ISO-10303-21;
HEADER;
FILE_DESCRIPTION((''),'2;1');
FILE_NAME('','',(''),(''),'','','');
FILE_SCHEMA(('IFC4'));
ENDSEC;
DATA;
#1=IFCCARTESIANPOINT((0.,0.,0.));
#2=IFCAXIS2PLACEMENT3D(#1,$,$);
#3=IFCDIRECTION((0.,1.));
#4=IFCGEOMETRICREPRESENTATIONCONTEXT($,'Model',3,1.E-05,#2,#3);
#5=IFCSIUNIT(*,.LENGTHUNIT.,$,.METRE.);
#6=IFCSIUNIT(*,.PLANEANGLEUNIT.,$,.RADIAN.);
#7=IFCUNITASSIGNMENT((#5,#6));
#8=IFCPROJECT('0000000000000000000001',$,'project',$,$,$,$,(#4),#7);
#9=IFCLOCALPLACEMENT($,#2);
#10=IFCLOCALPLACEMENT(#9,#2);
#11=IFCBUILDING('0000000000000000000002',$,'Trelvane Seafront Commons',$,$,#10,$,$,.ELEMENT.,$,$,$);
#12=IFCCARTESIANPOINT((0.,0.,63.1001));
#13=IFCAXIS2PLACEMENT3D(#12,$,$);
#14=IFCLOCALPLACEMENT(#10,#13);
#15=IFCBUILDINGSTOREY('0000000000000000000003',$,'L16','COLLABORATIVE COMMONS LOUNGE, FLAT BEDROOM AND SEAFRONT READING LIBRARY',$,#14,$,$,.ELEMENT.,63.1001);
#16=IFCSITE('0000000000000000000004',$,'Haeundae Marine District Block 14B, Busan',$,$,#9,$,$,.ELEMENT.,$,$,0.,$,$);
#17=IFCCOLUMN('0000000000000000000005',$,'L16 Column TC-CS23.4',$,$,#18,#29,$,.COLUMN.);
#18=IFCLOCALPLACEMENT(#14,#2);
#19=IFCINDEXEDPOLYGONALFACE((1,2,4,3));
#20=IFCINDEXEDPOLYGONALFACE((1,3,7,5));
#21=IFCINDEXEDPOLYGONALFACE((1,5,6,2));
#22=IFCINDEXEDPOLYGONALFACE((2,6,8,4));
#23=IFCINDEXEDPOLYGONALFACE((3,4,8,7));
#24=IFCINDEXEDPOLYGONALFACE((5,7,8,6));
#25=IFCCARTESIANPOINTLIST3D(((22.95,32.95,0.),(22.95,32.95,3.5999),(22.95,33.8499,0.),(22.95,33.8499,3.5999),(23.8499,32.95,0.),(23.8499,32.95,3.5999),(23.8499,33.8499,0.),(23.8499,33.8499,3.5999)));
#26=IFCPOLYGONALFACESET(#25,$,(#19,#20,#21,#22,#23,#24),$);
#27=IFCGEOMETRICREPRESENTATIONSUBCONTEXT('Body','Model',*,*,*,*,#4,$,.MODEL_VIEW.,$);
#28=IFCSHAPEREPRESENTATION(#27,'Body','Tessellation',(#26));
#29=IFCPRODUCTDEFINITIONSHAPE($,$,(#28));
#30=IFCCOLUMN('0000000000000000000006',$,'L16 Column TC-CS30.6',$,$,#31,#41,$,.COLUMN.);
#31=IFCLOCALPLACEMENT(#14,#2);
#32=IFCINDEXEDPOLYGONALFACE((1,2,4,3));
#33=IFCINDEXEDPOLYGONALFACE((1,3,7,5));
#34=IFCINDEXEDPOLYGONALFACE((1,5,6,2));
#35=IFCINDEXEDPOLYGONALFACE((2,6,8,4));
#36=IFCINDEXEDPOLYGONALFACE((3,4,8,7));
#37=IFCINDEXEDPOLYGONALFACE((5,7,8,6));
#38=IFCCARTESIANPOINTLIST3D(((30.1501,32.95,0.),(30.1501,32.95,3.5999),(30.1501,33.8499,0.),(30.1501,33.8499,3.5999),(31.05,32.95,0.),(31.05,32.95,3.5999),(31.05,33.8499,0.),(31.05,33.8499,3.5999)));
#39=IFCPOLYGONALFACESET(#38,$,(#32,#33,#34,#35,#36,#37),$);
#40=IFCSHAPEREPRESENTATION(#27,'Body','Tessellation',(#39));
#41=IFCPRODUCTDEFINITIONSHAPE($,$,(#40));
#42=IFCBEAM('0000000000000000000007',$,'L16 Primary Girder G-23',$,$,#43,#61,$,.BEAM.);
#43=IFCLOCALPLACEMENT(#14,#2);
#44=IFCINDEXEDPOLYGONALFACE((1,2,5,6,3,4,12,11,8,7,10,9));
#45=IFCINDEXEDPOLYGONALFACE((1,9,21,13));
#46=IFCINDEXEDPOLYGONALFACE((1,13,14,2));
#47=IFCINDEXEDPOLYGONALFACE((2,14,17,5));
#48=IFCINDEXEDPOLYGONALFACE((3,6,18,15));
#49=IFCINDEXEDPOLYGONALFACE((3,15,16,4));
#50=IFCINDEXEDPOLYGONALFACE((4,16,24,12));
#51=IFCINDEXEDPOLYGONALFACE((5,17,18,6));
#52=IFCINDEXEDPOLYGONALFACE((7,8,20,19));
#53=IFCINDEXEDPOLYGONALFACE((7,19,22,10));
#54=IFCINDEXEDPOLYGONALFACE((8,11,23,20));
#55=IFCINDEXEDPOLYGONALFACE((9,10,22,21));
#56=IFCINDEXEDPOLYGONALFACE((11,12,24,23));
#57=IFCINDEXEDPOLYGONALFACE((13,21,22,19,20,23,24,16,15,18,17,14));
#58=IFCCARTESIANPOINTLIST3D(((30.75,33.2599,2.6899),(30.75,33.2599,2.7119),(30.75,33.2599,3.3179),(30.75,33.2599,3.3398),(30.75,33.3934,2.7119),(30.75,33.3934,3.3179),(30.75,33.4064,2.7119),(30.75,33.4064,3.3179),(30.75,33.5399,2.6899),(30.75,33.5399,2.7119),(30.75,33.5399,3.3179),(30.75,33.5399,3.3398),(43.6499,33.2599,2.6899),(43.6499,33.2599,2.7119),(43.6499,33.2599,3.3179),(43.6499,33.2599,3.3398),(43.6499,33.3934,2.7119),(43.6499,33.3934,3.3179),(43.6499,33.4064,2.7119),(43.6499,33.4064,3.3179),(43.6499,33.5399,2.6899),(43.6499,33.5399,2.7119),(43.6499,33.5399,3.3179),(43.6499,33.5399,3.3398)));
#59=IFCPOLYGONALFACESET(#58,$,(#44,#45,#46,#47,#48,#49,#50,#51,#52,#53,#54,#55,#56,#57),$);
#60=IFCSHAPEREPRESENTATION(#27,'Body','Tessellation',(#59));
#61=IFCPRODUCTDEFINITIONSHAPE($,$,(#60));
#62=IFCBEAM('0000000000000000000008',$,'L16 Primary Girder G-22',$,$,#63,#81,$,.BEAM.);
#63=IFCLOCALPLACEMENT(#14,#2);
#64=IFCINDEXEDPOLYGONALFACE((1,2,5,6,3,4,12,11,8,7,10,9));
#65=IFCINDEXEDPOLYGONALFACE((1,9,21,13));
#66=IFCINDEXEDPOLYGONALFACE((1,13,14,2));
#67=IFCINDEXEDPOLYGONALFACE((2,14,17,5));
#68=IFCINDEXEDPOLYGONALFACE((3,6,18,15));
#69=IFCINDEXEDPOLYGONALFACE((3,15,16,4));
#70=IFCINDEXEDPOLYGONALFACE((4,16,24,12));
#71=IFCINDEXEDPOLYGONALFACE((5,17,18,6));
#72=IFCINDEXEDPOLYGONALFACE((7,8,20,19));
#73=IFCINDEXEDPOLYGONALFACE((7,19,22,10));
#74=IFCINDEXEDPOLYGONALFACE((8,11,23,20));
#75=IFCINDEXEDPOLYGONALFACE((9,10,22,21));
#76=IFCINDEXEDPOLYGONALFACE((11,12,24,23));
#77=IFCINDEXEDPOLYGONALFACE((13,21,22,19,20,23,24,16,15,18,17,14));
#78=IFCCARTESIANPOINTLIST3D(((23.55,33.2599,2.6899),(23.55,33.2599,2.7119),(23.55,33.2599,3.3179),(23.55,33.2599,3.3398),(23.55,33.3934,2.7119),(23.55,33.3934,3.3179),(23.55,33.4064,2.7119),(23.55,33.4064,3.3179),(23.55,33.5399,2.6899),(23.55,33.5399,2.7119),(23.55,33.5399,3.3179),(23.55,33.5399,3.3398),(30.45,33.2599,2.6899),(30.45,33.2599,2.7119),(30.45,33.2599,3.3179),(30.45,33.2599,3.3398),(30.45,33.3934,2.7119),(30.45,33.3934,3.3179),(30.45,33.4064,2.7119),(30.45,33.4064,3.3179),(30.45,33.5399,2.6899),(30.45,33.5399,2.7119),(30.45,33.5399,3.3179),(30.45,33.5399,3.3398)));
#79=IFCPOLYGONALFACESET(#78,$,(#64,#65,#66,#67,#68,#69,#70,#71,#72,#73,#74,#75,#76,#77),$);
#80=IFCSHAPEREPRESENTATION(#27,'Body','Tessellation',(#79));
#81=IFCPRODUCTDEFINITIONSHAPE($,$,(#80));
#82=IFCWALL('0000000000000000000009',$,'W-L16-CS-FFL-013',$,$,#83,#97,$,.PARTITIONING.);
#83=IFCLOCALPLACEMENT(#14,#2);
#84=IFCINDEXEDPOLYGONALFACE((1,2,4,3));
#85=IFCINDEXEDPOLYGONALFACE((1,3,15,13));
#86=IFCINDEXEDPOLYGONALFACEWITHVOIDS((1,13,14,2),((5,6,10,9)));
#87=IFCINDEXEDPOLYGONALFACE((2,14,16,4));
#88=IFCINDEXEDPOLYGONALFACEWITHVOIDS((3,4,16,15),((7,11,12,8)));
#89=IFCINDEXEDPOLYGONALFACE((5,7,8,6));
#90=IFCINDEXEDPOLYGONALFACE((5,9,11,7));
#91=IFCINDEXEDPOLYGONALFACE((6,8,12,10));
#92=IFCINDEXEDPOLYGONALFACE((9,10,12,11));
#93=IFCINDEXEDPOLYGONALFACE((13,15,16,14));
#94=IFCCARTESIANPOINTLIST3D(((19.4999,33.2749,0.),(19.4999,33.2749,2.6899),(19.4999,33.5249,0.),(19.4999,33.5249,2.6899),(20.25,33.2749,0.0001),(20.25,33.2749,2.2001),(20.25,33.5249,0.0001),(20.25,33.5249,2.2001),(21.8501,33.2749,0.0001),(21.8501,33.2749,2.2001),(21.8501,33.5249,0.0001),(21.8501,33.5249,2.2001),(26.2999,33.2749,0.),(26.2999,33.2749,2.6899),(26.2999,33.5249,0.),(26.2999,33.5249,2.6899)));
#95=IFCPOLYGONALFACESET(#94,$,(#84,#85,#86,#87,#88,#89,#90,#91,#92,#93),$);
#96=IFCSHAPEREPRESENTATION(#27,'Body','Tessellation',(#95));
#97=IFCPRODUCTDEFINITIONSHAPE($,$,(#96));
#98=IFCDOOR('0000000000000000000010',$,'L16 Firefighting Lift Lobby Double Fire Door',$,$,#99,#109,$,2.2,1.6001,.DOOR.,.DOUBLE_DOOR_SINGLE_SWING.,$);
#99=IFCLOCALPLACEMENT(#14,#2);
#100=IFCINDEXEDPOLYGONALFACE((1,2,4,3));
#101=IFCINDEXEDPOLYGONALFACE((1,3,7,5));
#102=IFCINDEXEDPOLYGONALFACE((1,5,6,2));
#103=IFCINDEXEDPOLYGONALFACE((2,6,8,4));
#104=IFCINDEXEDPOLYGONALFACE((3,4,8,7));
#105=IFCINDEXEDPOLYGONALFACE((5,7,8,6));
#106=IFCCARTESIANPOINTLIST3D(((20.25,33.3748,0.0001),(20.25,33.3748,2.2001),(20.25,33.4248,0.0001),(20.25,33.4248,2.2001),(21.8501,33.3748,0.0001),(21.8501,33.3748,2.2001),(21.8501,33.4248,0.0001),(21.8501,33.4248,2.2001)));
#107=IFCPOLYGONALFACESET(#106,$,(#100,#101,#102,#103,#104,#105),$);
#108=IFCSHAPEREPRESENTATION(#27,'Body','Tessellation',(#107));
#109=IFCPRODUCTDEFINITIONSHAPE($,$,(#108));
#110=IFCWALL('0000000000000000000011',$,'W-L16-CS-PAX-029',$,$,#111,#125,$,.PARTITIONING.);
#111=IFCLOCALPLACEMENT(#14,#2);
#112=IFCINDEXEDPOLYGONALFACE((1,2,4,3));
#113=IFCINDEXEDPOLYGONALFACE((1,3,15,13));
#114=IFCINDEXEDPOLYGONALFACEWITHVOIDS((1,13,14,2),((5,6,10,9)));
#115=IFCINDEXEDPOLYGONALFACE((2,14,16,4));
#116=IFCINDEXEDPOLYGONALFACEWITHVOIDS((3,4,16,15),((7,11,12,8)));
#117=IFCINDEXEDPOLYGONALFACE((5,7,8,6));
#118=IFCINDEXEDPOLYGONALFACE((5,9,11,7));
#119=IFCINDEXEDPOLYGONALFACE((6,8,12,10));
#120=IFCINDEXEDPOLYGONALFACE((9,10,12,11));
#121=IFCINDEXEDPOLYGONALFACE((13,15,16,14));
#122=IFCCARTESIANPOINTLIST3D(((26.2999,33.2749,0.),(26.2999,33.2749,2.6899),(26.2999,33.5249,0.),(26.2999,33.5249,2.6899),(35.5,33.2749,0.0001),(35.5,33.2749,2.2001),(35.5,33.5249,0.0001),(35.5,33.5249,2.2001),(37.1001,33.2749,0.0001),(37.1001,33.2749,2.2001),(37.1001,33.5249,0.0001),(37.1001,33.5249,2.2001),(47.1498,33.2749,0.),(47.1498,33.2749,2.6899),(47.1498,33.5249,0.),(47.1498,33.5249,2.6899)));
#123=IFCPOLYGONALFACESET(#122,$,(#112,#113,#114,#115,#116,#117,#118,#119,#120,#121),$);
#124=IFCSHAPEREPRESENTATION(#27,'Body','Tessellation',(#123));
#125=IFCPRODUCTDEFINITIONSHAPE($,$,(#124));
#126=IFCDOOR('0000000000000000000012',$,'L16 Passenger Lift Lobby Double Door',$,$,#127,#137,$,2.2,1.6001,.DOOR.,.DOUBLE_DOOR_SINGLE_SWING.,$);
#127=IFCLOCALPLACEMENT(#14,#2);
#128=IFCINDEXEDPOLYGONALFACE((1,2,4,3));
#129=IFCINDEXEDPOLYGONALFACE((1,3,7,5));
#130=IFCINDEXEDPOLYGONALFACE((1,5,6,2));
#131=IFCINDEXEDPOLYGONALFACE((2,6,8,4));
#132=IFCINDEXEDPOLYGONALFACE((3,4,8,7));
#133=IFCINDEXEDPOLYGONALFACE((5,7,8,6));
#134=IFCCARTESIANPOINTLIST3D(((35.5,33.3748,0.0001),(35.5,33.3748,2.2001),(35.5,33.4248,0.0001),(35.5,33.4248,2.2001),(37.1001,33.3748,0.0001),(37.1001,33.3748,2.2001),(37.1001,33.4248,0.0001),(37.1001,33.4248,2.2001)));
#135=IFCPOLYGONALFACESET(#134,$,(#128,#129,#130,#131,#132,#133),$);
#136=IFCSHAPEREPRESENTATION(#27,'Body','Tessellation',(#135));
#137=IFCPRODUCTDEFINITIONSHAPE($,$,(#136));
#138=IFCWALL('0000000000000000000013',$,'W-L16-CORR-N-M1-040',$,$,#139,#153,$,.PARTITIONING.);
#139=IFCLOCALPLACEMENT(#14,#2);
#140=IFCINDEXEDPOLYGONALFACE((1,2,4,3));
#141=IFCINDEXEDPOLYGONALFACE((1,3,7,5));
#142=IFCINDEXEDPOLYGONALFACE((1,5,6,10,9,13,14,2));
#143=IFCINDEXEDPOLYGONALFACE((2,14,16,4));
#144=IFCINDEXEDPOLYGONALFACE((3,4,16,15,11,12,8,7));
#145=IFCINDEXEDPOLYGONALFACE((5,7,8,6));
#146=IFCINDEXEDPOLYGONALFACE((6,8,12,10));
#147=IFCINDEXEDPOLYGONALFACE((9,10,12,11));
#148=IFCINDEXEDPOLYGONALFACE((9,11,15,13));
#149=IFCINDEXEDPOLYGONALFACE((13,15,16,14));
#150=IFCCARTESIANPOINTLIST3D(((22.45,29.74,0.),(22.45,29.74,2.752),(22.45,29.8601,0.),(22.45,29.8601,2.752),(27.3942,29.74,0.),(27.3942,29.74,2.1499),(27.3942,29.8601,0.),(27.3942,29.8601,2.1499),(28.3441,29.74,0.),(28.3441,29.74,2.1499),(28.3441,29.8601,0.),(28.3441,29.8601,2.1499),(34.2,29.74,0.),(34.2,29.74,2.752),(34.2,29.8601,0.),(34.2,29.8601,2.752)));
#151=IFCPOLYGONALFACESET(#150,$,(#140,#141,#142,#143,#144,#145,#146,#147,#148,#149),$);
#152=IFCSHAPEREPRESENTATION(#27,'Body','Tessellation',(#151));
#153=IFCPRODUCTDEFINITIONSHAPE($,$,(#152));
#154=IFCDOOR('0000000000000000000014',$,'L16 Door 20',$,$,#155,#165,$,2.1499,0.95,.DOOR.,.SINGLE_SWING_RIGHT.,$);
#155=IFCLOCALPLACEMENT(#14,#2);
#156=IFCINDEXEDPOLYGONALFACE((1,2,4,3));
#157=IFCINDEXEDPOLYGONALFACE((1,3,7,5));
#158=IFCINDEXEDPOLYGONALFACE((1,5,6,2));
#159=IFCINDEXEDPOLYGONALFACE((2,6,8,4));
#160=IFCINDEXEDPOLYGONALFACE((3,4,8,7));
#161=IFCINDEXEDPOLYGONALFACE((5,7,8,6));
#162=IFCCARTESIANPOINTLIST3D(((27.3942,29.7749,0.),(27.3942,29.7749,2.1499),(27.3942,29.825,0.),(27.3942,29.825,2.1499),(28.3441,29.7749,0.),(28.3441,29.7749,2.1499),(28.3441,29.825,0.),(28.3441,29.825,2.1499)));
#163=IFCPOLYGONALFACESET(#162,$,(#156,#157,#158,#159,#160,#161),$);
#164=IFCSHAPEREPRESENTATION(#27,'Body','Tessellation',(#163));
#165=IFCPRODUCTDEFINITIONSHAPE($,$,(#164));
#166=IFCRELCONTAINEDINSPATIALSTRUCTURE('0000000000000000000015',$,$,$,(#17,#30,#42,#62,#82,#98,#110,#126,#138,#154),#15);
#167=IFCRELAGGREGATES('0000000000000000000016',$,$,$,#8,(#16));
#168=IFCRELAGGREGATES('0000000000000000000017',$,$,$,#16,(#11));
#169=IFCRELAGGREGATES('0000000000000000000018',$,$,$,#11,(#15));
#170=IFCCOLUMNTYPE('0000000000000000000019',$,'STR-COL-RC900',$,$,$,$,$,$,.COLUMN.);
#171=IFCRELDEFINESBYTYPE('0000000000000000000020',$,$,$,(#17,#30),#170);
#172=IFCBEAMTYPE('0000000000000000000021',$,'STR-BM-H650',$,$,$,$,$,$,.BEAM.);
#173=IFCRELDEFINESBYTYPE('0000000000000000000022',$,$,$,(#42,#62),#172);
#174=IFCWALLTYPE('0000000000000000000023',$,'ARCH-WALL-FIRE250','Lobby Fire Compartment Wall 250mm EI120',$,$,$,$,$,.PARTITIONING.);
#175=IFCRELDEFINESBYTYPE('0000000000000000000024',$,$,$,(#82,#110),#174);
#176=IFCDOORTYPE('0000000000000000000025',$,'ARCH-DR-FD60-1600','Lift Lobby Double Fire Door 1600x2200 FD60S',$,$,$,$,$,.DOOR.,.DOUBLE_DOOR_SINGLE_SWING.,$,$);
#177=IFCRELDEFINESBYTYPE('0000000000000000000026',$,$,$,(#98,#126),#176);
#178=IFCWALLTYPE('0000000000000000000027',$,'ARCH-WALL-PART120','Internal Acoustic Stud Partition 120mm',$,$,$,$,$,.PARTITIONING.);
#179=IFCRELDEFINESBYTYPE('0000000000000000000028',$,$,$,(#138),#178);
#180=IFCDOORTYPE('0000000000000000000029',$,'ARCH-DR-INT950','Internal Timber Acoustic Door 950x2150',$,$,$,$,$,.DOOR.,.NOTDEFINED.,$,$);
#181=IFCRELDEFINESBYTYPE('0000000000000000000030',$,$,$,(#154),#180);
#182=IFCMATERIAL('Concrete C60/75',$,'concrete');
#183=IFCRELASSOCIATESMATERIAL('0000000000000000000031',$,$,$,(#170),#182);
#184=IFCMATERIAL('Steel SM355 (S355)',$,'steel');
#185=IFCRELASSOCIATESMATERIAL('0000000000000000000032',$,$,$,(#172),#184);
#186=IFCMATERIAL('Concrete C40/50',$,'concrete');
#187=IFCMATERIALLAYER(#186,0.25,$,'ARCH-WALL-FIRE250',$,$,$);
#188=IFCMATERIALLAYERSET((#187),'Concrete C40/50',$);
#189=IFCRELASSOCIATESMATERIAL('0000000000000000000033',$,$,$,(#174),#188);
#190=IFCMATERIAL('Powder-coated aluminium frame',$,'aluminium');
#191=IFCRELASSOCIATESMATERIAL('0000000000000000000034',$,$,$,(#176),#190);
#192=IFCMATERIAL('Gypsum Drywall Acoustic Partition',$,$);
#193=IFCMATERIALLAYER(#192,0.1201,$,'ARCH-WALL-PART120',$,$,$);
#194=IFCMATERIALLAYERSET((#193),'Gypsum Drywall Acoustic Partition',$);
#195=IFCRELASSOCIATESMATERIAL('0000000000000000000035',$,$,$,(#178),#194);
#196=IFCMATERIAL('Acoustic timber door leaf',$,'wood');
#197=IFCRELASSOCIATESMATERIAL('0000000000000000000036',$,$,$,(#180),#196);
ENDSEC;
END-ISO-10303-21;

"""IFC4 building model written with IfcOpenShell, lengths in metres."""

from ifc_helpers import new_model, si_unit, direction, frame, frame_2d, origin, origin_2d, place, context, subcontext, project, spatial, rectangle, i_section, extrude, source, transform, mapped, material, layer, layer_set, material_profile, profile_set, type_object, element, fill, save


model = new_model("IFC4")

# Units and contexts
model_context = context("Model", 3, precision=1e-05, world=origin(), true_north=direction((0.0, 1.0)))
body_context = subcontext(model_context, "Body", "Model", "MODEL_VIEW")
ifc_project = project(units=[si_unit("LENGTHUNIT", "METRE"), si_unit("PLANEANGLEUNIT", "RADIAN")], contexts=[model_context])

# Site, building, storey
site_placement = place(None, origin())
site = spatial("IfcSite", under=ifc_project, at=site_placement, Name="Haeundae Marine District Block 14B, Busan", CompositionType="ELEMENT", RefElevation=0.0)
building_placement = place(site_placement, origin())
building = spatial("IfcBuilding", under=site, at=building_placement, Name="Trelvane Seafront Commons", CompositionType="ELEMENT")
storey_placement = place(building_placement, frame((0.0, 0.0, 63.1001)))
storey = spatial("IfcBuildingStorey", under=building, at=storey_placement, Name="L16", Description="COLLABORATIVE COMMONS LOUNGE, FLAT BEDROOM AND SEAFRONT READING LIBRARY", CompositionType="ELEMENT", Elevation=63.1001)

# Columns
ifc_material_1 = material(Name="Concrete C60/75", Category="concrete")
ifc_material_profile_1 = material_profile(ifc_material_1, rectangle(XDim=0.8999, YDim=0.8999, at=origin_2d()), Name="RC-900x900")
ifc_profile_set_1 = profile_set([ifc_material_profile_1], Name="Concrete C60/75")
column_type = type_object("IfcColumnType", Name="STR-COL-RC900", PredefinedType="COLUMN", material=ifc_profile_set_1)
shared_shape_1 = source(origin(), body_context, "Body", "SweptSolid", [
    extrude(rectangle(XDim=0.8999, YDim=0.8999, at=origin_2d()), origin(), (0.0, 0.0, 1.0), 3.5999),
])
for number, where, z_axis, x_axis, name in (
    (1, (23.3999, 33.3999, 0.0), (0.0, 0.0, 1.0), (1.0, 0.0, 0.0), "L16 Column TC-CS23.4"),
    (2, (30.6001, 33.3999, 0.0), (0.0, 0.0, 1.0), (1.0, 0.0, 0.0), "L16 Column TC-CS30.6"),
):
    element("IfcColumn", number, at=place(storey_placement, frame(where, z_axis=z_axis, x_axis=x_axis)), inside=storey, type_object=column_type, Name=name, PredefinedType="COLUMN", context=body_context, shape_type="MappedRepresentation", body=[
        mapped(shared_shape_1, transform((0.0, 0.0, 0.0), x_axis=(1.0, 0.0, 0.0), y_axis=(0.0, 1.0, 0.0), z_axis=(0.0, 0.0, 1.0), scale=1.0)),
    ])

# Beams
ifc_material_2 = material(Name="Steel SM355 (S355)", Category="steel")
ifc_material_profile_2 = material_profile(ifc_material_2, i_section(OverallWidth=0.28, OverallDepth=0.6499, WebThickness=0.0129, FlangeThickness=0.022, at=origin_2d()), Name="H-650x280x13x22")
ifc_profile_set_2 = profile_set([ifc_material_profile_2], Name="Steel SM355 (S355)")
beam_type = type_object("IfcBeamType", Name="STR-BM-H650", PredefinedType="BEAM", material=ifc_profile_set_2)
shared_shape_2 = source(origin(), body_context, "Body", "SweptSolid", [
    extrude(i_section(OverallWidth=0.28, OverallDepth=0.6499, WebThickness=0.0129, FlangeThickness=0.022, at=origin_2d()), origin(), (0.0, 0.0, 1.0), 12.8999),
])
beam_1_placement = place(storey_placement, frame((30.75, 33.3999, 3.0149), z_axis=(1.0, 0.0, 0.0), x_axis=(0.0, 1.0, 0.0)))
element("IfcBeam", 3, at=beam_1_placement, inside=storey, type_object=beam_type, Name="L16 Primary Girder G-23", PredefinedType="BEAM", context=body_context, shape_type="MappedRepresentation", body=[
    mapped(shared_shape_2, transform((0.0, 0.0, 0.0), x_axis=(1.0, 0.0, 0.0), y_axis=(0.0, 1.0, 0.0), z_axis=(0.0, 0.0, 1.0), scale=1.0)),
])
shared_shape_3 = source(origin(), body_context, "Body", "SweptSolid", [
    extrude(i_section(OverallWidth=0.28, OverallDepth=0.6499, WebThickness=0.0129, FlangeThickness=0.022, at=origin_2d()), origin(), (0.0, 0.0, 1.0), 6.8999),
])
beam_2_placement = place(storey_placement, frame((23.55, 33.3999, 3.0149), z_axis=(1.0, 0.0, 0.0), x_axis=(0.0, 1.0, 0.0)))
element("IfcBeam", 4, at=beam_2_placement, inside=storey, type_object=beam_type, Name="L16 Primary Girder G-22", PredefinedType="BEAM", context=body_context, shape_type="MappedRepresentation", body=[
    mapped(shared_shape_3, transform((0.0, 0.0, 0.0), x_axis=(1.0, 0.0, 0.0), y_axis=(0.0, 1.0, 0.0), z_axis=(0.0, 0.0, 1.0), scale=1.0)),
])

# Walls, openings, doors
ifc_material_3 = material(Name="Concrete C40/50", Category="concrete")
ifc_layer_1 = layer(ifc_material_3, 0.25, Name="ARCH-WALL-FIRE250")
ifc_layer_set_1 = layer_set([ifc_layer_1], Name="Concrete C40/50")
wall_type_1 = type_object("IfcWallType", Name="ARCH-WALL-FIRE250", Description="Lobby Fire Compartment Wall 250mm EI120", PredefinedType="PARTITIONING", material=ifc_layer_set_1)
wall_1_placement = place(storey_placement, frame((19.5, 33.3999, 0.0), z_axis=(0.0, 0.0, 1.0), x_axis=(1.0, 0.0, 0.0)))
wall_1 = element("IfcWall", 5, at=wall_1_placement, inside=storey, type_object=wall_type_1, Name="W-L16-CS-FFL-013", PredefinedType="PARTITIONING", context=body_context, shape_type="SweptSolid", body=[
    extrude(rectangle(XDim=6.8, YDim=0.25, at=frame_2d((3.3999, 0.0))), origin(), (0.0, 0.0, 1.0), 2.6899),
])
opening_1_placement = place(wall_1_placement, frame((0.75, 0.0, 0.0)))
opening_1 = element("IfcOpeningElement", 6, at=opening_1_placement, cuts=wall_1, PredefinedType="OPENING", context=body_context, shape_type="SweptSolid", body=[
    extrude(rectangle(XDim=1.6001, YDim=2.2, at=frame_2d((0.8, 1.1001))), frame((0.0, 0.135, 0.0), z_axis=(0.0, -1.0, 0.0), x_axis=(1.0, 0.0, 0.0)), (0.0, 0.0, 1.0), 0.27),
])
ifc_material_4 = material(Name="Powder-coated aluminium frame", Category="aluminium")
door_type_1 = type_object("IfcDoorType", Name="ARCH-DR-FD60-1600", Description="Lift Lobby Double Fire Door 1600x2200 FD60S", OperationType="DOUBLE_DOOR_SINGLE_SWING", PredefinedType="DOOR", material=ifc_material_4)
shared_shape_4 = source(origin(), body_context, "Body", "SweptSolid", [
    extrude(rectangle(XDim=1.6001, YDim=2.2, at=frame_2d((0.8, 1.1001))), frame((0.0, 0.0249, 0.0), z_axis=(0.0, -1.0, 0.0), x_axis=(1.0, 0.0, 0.0)), (0.0, 0.0, 1.0), 0.05),
])
door_1_placement = place(opening_1_placement, origin())
door_1 = element("IfcDoor", 7, at=door_1_placement, inside=storey, type_object=door_type_1, Name="L16 Firefighting Lift Lobby Double Fire Door", OperationType="DOUBLE_DOOR_SINGLE_SWING", OverallHeight=2.2, OverallWidth=1.6001, PredefinedType="DOOR", context=body_context, shape_type="MappedRepresentation", body=[
    mapped(shared_shape_4, transform((0.0, 0.0, 0.0), x_axis=(1.0, 0.0, 0.0), y_axis=(0.0, 1.0, 0.0), z_axis=(0.0, 0.0, 1.0), scale=1.0)),
])
fill(opening_1, door_1)
wall_2_placement = place(storey_placement, frame((26.3, 33.3999, 0.0), z_axis=(0.0, 0.0, 1.0), x_axis=(1.0, 0.0, 0.0)))
wall_2 = element("IfcWall", 8, at=wall_2_placement, inside=storey, type_object=wall_type_1, Name="W-L16-CS-PAX-029", PredefinedType="PARTITIONING", context=body_context, shape_type="SweptSolid", body=[
    extrude(rectangle(XDim=20.8499, YDim=0.25, at=frame_2d((10.4248, 0.0))), origin(), (0.0, 0.0, 1.0), 2.6899),
])
opening_2_placement = place(wall_2_placement, frame((9.2, 0.0, 0.0)))
opening_2 = element("IfcOpeningElement", 9, at=opening_2_placement, cuts=wall_2, PredefinedType="OPENING", context=body_context, shape_type="SweptSolid", body=[
    extrude(rectangle(XDim=1.6001, YDim=2.2, at=frame_2d((0.8, 1.1001))), frame((0.0, 0.135, 0.0), z_axis=(0.0, -1.0, 0.0), x_axis=(1.0, 0.0, 0.0)), (0.0, 0.0, 1.0), 0.27),
])
door_2_placement = place(opening_2_placement, origin())
door_2 = element("IfcDoor", 10, at=door_2_placement, inside=storey, type_object=door_type_1, Name="L16 Passenger Lift Lobby Double Door", OperationType="DOUBLE_DOOR_SINGLE_SWING", OverallHeight=2.2, OverallWidth=1.6001, PredefinedType="DOOR", context=body_context, shape_type="MappedRepresentation", body=[
    mapped(shared_shape_4, transform((0.0, 0.0, 0.0), x_axis=(1.0, 0.0, 0.0), y_axis=(0.0, 1.0, 0.0), z_axis=(0.0, 0.0, 1.0), scale=1.0)),
])
fill(opening_2, door_2)
ifc_material_5 = material(Name="Gypsum Drywall Acoustic Partition")
ifc_layer_2 = layer(ifc_material_5, 0.1201, Name="ARCH-WALL-PART120")
ifc_layer_set_2 = layer_set([ifc_layer_2], Name="Gypsum Drywall Acoustic Partition")
wall_type_2 = type_object("IfcWallType", Name="ARCH-WALL-PART120", Description="Internal Acoustic Stud Partition 120mm", PredefinedType="PARTITIONING", material=ifc_layer_set_2)
wall_3_placement = place(storey_placement, frame((22.45, 29.8, 0.0), z_axis=(0.0, 0.0, 1.0), x_axis=(1.0, 0.0, 0.0)))
wall_3 = element("IfcWall", 11, at=wall_3_placement, inside=storey, type_object=wall_type_2, Name="W-L16-CORR-N-M1-040", PredefinedType="PARTITIONING", context=body_context, shape_type="SweptSolid", body=[
    extrude(rectangle(XDim=11.75, YDim=0.1201, at=frame_2d((5.875, 0.0))), origin(), (0.0, 0.0, 1.0), 2.752),
])
opening_3_placement = place(wall_3_placement, frame((4.9441, 0.0, 0.0)))
opening_3 = element("IfcOpeningElement", 12, at=opening_3_placement, cuts=wall_3, PredefinedType="OPENING", context=body_context, shape_type="SweptSolid", body=[
    extrude(rectangle(XDim=0.95, YDim=2.1499, at=frame_2d((0.4751, 1.075))), frame((0.0, 0.0701, 0.0), z_axis=(0.0, -1.0, 0.0), x_axis=(1.0, 0.0, 0.0)), (0.0, 0.0, 1.0), 0.1401),
])
ifc_material_6 = material(Name="Acoustic timber door leaf", Category="wood")
door_type_2 = type_object("IfcDoorType", Name="ARCH-DR-INT950", Description="Internal Timber Acoustic Door 950x2150", OperationType="NOTDEFINED", PredefinedType="DOOR", material=ifc_material_6)
shared_shape_5 = source(origin(), body_context, "Body", "SweptSolid", [
    extrude(rectangle(XDim=0.95, YDim=2.1499, at=frame_2d((0.4751, 1.075))), frame((0.0, 0.0249, 0.0), z_axis=(0.0, -1.0, 0.0), x_axis=(1.0, 0.0, 0.0)), (0.0, 0.0, 1.0), 0.05),
])
door_3_placement = place(opening_3_placement, origin())
door_3 = element("IfcDoor", 13, at=door_3_placement, inside=storey, type_object=door_type_2, Name="L16 Door 20", OperationType="SINGLE_SWING_RIGHT", OverallHeight=2.1499, OverallWidth=0.95, PredefinedType="DOOR", context=body_context, shape_type="MappedRepresentation", body=[
    mapped(shared_shape_5, transform((0.0, 0.0, 0.0), x_axis=(1.0, 0.0, 0.0), y_axis=(0.0, 1.0, 0.0), z_axis=(0.0, 0.0, 1.0), scale=1.0)),
])
fill(opening_3, door_3)

save(model, "model.ifc")
